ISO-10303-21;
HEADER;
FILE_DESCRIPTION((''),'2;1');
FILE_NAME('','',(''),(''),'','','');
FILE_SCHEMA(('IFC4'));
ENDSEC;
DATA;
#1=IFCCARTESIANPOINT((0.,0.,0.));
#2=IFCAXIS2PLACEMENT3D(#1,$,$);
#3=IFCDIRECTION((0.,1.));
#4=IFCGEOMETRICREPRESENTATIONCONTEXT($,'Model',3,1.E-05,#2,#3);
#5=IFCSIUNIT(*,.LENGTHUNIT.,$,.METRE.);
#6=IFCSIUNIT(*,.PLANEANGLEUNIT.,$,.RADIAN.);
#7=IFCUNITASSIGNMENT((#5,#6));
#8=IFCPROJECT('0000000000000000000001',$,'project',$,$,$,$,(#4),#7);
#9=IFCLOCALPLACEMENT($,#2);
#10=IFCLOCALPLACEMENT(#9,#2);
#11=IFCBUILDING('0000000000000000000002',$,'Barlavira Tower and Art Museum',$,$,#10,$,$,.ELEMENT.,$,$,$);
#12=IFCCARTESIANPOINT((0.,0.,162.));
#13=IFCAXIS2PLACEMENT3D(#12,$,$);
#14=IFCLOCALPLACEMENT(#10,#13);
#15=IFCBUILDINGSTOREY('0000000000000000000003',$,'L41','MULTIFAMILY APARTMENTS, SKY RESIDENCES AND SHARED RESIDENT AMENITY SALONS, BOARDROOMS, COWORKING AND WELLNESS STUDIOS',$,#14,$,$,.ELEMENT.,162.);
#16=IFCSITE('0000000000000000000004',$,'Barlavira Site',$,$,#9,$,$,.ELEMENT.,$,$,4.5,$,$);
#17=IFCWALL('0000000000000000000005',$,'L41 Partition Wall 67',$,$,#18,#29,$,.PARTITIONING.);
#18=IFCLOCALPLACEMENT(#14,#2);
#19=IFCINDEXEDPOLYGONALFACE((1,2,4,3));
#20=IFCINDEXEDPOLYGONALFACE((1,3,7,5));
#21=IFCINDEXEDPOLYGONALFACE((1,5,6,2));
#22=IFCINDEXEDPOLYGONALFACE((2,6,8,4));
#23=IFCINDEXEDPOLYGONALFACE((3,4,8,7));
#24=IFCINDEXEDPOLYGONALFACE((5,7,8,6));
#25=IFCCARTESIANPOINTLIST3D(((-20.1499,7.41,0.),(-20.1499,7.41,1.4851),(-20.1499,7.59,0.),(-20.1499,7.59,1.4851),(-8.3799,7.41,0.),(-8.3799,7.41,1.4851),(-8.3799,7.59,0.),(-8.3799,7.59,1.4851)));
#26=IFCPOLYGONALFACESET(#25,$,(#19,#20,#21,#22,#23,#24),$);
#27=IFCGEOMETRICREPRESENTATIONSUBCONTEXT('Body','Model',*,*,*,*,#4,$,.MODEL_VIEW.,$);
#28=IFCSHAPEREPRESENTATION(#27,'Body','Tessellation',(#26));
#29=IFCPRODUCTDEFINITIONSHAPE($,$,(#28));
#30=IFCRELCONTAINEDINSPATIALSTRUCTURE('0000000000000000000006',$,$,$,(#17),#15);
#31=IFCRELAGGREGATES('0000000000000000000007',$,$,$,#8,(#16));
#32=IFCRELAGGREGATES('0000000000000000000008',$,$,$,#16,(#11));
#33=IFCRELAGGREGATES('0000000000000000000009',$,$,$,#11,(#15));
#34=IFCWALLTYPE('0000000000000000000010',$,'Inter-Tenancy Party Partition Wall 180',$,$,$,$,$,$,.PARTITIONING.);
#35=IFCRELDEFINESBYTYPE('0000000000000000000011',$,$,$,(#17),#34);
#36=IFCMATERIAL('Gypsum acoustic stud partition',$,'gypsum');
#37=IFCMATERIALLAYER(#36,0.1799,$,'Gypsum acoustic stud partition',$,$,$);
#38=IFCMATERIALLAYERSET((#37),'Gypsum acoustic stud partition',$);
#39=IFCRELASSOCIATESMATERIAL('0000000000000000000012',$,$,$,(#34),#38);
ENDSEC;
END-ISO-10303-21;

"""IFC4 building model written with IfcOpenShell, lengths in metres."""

from ifc_helpers import new_model, si_unit, direction, frame, frame_2d, origin, place, context, subcontext, project, spatial, rectangle, extrude, material, layer, layer_set, type_object, element, save


model = new_model("IFC4")

# Units and contexts
model_context = context("Model", 3, precision=1e-05, world=origin(), true_north=direction((0.0, 1.0)))
body_context = subcontext(model_context, "Body", "Model", "MODEL_VIEW")
ifc_project = project(units=[si_unit("LENGTHUNIT", "METRE"), si_unit("PLANEANGLEUNIT", "RADIAN")], contexts=[model_context])

# Site, building, storey
site_placement = place(None, origin())
site = spatial("IfcSite", under=ifc_project, at=site_placement, Name="Barlavira Site", CompositionType="ELEMENT", RefElevation=4.5)
building_placement = place(site_placement, origin())
building = spatial("IfcBuilding", under=site, at=building_placement, Name="Barlavira Tower and Art Museum", CompositionType="ELEMENT")
storey_placement = place(building_placement, frame((0.0, 0.0, 162.0)))
storey = spatial("IfcBuildingStorey", under=building, at=storey_placement, Name="L41", Description="MULTIFAMILY APARTMENTS, SKY RESIDENCES AND SHARED RESIDENT AMENITY SALONS, BOARDROOMS, COWORKING AND WELLNESS STUDIOS", CompositionType="ELEMENT", Elevation=162.0)

# Shared definitions
ifc_material_1 = material(Name="Gypsum acoustic stud partition", Category="gypsum")
ifc_layer_1 = layer(ifc_material_1, 0.1799, Name="Gypsum acoustic stud partition")
ifc_layer_set_1 = layer_set([ifc_layer_1], Name="Gypsum acoustic stud partition")
wall_type = type_object("IfcWallType", Name="Inter-Tenancy Party Partition Wall 180", PredefinedType="PARTITIONING", material=ifc_layer_set_1)

# Wall
wall_1_placement = place(storey_placement, frame((-20.1499, 7.5, 0.0), z_axis=(0.0, 0.0, 1.0), x_axis=(1.0, 0.0, 0.0)))
element("IfcWall", 1, at=wall_1_placement, inside=storey, type_object=wall_type, Name="L41 Partition Wall 67", PredefinedType="PARTITIONING", context=body_context, shape_type="SweptSolid", body=[
    extrude(rectangle(XDim=11.77, YDim=0.1799, at=frame_2d((5.885, 0.0))), origin(), (0.0, 0.0, 1.0), 1.4851),
])

save(model, "model.ifc")
